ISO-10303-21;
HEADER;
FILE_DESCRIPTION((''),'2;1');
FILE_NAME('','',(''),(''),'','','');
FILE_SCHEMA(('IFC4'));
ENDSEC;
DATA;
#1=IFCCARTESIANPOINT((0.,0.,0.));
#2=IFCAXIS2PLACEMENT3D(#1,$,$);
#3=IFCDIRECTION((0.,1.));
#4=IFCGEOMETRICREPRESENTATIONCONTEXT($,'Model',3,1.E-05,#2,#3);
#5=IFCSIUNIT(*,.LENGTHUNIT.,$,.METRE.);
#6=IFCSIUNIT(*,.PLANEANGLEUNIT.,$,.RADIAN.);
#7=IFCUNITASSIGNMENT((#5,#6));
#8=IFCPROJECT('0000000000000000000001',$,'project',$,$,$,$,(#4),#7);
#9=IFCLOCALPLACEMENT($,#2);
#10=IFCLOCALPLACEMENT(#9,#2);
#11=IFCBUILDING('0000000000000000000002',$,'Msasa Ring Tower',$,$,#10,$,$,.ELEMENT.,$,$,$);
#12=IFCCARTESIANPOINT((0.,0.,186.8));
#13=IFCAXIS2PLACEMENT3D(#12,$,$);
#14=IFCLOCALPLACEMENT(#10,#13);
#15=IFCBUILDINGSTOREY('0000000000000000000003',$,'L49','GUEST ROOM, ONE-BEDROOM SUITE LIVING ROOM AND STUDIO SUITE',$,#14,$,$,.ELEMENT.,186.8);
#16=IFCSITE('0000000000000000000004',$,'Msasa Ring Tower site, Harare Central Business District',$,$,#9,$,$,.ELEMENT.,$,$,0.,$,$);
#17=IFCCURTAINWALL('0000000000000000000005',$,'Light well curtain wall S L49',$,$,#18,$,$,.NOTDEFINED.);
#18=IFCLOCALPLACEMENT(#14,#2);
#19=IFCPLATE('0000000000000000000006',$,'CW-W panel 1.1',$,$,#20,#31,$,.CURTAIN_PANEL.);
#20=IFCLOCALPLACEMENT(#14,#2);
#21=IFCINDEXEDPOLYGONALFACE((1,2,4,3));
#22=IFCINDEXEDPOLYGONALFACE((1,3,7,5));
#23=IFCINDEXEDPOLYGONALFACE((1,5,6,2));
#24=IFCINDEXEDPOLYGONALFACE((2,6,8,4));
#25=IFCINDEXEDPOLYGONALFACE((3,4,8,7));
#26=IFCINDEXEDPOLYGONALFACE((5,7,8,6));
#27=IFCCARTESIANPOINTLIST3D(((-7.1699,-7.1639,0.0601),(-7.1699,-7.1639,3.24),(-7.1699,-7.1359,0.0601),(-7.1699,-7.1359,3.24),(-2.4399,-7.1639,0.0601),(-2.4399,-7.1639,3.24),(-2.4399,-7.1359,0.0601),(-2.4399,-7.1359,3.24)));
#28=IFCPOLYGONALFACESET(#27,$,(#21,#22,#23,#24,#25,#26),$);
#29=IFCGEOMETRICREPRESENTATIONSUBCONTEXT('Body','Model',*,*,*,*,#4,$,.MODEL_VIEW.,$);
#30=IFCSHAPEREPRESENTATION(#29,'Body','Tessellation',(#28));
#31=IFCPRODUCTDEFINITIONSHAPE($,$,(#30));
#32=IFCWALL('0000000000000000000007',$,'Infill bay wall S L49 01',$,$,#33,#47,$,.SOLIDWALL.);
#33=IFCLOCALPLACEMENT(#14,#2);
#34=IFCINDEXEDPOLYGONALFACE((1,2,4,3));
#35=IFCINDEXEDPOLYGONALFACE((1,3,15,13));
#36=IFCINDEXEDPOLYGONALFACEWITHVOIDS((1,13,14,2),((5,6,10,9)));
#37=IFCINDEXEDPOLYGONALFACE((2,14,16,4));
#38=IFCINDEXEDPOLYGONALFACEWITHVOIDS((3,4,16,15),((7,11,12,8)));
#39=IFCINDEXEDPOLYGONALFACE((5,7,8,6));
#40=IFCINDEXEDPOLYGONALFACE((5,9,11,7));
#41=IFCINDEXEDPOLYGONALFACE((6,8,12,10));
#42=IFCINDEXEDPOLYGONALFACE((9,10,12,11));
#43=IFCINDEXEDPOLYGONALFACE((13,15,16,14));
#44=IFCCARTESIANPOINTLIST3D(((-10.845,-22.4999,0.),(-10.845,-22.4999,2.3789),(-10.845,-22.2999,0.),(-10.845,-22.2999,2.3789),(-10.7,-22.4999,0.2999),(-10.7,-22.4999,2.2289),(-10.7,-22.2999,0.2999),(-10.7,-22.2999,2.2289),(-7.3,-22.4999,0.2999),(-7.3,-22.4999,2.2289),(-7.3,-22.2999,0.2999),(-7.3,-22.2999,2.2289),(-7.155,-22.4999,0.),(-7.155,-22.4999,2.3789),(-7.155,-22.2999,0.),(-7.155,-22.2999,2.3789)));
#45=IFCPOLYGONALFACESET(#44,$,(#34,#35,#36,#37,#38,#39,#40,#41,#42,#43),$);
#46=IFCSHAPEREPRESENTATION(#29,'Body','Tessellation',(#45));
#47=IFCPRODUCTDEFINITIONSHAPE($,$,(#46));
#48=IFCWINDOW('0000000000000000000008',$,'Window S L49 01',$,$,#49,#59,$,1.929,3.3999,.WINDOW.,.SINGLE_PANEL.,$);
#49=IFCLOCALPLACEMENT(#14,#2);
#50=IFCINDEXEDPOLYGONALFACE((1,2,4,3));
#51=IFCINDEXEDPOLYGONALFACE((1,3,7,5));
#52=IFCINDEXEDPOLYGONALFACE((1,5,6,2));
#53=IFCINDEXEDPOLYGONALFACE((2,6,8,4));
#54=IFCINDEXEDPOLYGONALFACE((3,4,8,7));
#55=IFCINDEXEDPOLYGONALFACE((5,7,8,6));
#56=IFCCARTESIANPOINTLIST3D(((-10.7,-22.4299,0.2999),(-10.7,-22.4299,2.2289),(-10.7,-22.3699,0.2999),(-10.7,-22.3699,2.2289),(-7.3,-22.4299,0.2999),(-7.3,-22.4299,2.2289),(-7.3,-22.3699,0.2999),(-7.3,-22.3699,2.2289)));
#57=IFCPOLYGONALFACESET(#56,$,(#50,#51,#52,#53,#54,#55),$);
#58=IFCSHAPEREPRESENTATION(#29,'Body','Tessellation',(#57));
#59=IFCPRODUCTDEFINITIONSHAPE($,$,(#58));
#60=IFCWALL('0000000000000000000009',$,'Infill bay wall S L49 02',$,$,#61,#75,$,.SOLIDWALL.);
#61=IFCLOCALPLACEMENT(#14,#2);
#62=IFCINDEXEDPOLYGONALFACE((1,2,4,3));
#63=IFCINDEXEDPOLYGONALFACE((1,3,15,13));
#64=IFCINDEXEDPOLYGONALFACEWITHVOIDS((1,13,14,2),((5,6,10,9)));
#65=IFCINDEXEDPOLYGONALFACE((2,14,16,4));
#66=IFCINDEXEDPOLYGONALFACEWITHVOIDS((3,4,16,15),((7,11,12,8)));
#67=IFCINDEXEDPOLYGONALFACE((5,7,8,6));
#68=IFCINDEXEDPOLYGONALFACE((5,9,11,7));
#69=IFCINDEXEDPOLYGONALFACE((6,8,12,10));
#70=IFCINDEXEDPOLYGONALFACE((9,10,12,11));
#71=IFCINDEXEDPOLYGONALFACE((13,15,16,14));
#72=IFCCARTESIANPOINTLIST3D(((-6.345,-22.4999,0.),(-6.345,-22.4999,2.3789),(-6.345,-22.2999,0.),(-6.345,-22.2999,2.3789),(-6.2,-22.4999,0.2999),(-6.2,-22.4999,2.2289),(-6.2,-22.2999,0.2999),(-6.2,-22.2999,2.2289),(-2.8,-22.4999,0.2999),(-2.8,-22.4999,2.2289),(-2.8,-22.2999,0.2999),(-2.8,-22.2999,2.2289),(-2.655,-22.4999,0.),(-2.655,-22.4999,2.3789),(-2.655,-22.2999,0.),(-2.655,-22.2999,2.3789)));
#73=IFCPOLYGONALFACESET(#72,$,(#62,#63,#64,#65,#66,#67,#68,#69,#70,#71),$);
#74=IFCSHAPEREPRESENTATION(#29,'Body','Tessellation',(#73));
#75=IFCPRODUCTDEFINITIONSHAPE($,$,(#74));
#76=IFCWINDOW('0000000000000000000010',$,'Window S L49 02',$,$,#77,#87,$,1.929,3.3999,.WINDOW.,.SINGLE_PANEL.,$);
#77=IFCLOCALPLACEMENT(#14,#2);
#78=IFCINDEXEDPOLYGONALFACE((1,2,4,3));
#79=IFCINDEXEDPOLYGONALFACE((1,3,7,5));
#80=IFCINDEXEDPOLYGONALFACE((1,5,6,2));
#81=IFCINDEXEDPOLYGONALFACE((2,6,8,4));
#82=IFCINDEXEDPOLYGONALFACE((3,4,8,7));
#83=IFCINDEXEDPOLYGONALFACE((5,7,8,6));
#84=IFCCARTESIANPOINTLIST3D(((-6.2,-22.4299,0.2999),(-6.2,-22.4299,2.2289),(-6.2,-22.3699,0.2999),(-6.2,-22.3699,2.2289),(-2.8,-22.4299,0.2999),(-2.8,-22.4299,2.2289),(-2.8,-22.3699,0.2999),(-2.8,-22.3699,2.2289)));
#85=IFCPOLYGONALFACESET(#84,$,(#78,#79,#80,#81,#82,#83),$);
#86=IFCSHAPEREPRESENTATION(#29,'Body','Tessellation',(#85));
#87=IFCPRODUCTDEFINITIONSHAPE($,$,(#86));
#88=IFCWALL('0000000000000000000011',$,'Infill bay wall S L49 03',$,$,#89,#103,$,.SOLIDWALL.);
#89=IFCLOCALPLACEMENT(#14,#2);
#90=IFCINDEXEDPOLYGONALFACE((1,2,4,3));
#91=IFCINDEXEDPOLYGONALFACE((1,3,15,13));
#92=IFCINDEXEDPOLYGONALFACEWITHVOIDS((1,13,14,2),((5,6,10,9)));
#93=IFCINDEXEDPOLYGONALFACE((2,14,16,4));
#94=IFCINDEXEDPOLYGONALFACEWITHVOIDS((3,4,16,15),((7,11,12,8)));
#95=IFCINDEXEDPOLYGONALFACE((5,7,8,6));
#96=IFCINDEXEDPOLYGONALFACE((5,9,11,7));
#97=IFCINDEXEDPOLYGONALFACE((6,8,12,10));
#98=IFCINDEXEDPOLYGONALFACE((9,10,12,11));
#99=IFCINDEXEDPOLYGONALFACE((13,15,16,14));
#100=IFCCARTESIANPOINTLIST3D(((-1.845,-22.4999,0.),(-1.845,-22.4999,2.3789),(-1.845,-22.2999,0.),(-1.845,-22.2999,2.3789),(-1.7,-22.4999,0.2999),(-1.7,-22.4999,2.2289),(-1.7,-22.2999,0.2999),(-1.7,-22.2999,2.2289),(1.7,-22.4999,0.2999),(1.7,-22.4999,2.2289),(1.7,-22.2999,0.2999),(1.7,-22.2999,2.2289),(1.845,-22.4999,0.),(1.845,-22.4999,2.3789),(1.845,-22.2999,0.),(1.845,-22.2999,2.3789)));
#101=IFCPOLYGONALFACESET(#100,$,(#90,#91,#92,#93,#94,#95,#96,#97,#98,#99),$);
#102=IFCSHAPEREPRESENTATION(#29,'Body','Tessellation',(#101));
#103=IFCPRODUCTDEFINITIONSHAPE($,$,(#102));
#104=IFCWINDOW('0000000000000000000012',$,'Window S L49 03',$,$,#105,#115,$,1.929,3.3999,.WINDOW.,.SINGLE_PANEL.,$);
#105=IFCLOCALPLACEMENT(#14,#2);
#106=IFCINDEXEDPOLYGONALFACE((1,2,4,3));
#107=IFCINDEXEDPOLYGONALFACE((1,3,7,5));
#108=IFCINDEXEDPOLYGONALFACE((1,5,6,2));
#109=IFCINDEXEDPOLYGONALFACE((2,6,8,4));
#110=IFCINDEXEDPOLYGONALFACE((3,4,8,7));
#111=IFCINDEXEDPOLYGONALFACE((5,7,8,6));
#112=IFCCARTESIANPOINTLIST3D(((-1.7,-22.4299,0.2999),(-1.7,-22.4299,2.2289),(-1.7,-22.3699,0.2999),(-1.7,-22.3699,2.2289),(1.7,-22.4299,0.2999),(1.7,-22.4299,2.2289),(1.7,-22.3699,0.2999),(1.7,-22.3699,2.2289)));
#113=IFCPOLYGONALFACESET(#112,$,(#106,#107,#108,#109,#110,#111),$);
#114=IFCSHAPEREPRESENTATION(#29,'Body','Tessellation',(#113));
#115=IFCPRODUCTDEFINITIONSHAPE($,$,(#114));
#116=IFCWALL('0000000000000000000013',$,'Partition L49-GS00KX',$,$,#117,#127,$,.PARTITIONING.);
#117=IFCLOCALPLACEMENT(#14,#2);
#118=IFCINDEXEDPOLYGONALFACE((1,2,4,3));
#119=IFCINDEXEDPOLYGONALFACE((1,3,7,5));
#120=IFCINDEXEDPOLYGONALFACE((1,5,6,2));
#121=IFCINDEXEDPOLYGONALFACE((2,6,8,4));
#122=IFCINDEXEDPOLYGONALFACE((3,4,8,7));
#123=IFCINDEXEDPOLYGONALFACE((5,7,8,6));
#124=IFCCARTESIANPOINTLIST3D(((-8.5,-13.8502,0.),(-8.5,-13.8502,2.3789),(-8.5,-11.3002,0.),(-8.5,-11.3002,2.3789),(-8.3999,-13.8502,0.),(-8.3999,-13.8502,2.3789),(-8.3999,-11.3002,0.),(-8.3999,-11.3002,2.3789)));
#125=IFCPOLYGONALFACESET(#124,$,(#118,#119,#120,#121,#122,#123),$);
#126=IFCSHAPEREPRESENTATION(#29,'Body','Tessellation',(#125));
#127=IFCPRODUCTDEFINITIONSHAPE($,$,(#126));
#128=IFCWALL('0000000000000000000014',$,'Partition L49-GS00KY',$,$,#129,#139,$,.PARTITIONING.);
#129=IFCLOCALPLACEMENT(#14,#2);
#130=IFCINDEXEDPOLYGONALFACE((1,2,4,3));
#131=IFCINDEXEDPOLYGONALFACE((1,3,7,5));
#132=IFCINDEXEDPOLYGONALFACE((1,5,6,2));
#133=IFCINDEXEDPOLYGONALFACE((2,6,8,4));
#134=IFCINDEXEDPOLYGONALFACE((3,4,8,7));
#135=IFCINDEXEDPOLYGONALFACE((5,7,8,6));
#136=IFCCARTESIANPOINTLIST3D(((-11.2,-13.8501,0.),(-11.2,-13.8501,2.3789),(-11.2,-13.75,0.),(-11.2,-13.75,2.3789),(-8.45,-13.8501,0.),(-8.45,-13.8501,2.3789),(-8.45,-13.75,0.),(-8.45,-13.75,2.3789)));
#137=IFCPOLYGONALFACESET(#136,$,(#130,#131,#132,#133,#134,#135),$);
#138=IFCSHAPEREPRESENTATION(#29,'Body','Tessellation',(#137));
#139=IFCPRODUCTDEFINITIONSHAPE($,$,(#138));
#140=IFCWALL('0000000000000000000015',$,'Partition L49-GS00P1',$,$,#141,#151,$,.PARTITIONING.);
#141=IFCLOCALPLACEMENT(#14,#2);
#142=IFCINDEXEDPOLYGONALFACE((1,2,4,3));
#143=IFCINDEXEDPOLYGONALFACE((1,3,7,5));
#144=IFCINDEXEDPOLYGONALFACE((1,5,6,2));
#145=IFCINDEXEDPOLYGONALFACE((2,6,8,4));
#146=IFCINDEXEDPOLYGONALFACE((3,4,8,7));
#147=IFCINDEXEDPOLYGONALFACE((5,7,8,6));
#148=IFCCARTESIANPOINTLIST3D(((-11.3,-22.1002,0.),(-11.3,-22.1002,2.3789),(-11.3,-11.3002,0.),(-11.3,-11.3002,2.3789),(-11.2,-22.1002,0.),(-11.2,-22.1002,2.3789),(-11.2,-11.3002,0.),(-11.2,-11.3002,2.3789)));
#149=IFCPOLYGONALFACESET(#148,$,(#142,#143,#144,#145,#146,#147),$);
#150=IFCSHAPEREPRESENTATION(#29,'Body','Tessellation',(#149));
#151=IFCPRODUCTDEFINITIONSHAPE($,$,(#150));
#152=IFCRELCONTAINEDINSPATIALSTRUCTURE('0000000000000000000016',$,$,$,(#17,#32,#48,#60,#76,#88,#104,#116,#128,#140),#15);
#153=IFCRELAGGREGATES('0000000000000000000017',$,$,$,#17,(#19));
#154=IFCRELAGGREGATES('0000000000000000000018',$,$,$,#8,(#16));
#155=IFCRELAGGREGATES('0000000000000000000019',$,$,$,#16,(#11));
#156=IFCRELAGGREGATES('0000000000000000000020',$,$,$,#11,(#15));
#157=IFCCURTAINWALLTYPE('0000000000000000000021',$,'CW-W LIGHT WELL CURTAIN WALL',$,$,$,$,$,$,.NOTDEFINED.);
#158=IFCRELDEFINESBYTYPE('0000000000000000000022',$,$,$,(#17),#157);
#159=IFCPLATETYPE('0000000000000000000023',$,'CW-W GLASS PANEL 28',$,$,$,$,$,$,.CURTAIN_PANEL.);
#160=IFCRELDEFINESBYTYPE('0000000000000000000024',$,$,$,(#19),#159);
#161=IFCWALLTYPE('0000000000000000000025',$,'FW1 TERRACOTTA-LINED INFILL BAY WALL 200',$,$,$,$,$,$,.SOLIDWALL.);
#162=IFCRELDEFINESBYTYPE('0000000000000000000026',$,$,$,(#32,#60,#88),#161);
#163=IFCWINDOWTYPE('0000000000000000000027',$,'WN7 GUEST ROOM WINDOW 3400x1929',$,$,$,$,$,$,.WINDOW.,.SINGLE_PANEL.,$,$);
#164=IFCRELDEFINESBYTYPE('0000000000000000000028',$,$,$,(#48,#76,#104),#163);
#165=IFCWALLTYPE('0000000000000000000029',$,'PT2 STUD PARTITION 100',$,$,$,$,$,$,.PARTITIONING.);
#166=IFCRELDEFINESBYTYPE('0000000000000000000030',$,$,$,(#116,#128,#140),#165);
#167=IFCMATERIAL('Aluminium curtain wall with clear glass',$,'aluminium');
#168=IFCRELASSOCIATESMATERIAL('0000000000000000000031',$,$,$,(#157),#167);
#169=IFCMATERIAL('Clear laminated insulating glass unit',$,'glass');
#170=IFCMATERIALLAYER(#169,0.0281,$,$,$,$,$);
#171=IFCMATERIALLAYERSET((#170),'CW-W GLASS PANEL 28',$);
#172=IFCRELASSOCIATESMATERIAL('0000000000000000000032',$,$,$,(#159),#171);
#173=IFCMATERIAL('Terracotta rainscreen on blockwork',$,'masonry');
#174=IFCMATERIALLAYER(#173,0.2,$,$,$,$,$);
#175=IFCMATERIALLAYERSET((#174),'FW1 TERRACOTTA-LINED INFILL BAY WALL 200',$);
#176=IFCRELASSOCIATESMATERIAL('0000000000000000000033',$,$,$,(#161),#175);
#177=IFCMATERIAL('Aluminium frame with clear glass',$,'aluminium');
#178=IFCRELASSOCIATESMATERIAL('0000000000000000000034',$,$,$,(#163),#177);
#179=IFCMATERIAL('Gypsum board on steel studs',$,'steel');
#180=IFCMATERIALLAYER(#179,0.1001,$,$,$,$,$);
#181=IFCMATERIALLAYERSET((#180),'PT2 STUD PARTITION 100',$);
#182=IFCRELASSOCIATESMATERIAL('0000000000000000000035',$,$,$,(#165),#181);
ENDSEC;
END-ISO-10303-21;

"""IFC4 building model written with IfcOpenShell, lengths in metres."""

from ifc_helpers import new_model, si_unit, direction, frame, frame_2d, origin, origin_2d, place, context, subcontext, project, spatial, rectangle, extrude, material, layer, layer_set, type_object, element, fill, aggregate, save


model = new_model("IFC4")

# Units and contexts
model_context = context("Model", 3, precision=1e-05, world=origin(), true_north=direction((0.0, 1.0)))
body_context = subcontext(model_context, "Body", "Model", "MODEL_VIEW")
ifc_project = project(units=[si_unit("LENGTHUNIT", "METRE"), si_unit("PLANEANGLEUNIT", "RADIAN")], contexts=[model_context])

# Site, building, storey
site_placement = place(None, origin())
site = spatial("IfcSite", under=ifc_project, at=site_placement, Name="Msasa Ring Tower site, Harare Central Business District", CompositionType="ELEMENT", RefElevation=0.0)
building_placement = place(site_placement, origin())
building = spatial("IfcBuilding", under=site, at=building_placement, Name="Msasa Ring Tower", CompositionType="ELEMENT")
storey_placement = place(building_placement, frame((0.0, 0.0, 186.8)))
storey = spatial("IfcBuildingStorey", under=building, at=storey_placement, Name="L49", Description="GUEST ROOM, ONE-BEDROOM SUITE LIVING ROOM AND STUDIO SUITE", CompositionType="ELEMENT", Elevation=186.8)

# Curtain wall
ifc_material_1 = material(Name="Aluminium curtain wall with clear glass", Category="aluminium")
curtain_wall_type = type_object("IfcCurtainWallType", Name="CW-W LIGHT WELL CURTAIN WALL", PredefinedType="NOTDEFINED", material=ifc_material_1)
curtain_wall_placement = place(storey_placement, origin())
curtain_wall = element("IfcCurtainWall", 1, at=curtain_wall_placement, inside=storey, type_object=curtain_wall_type, Name="Light well curtain wall S L49", PredefinedType="NOTDEFINED")

# Plate
ifc_material_2 = material(Name="Clear laminated insulating glass unit", Category="glass")
ifc_layer_1 = layer(ifc_material_2, 0.0281)
ifc_layer_set_1 = layer_set([ifc_layer_1], Name="CW-W GLASS PANEL 28")
plate_type = type_object("IfcPlateType", Name="CW-W GLASS PANEL 28", PredefinedType="CURTAIN_PANEL", material=ifc_layer_set_1)
plate_placement = place(storey_placement, frame((-4.8049, -7.1499, 0.0601), z_axis=(0.0, 0.0, 1.0), x_axis=(1.0, 0.0, 0.0)))
plate = element("IfcPlate", 2, at=plate_placement, type_object=plate_type, Name="CW-W panel 1.1", PredefinedType="CURTAIN_PANEL", context=body_context, shape_type="SweptSolid", body=[
    extrude(rectangle(XDim=4.73, YDim=0.0281, at=origin_2d()), origin(), (0.0, 0.0, 1.0), 3.1799),
])
aggregate(curtain_wall, [plate])

# Walls, openings, windows
ifc_material_3 = material(Name="Terracotta rainscreen on blockwork", Category="masonry")
ifc_layer_2 = layer(ifc_material_3, 0.2)
ifc_layer_set_2 = layer_set([ifc_layer_2], Name="FW1 TERRACOTTA-LINED INFILL BAY WALL 200")
wall_type_1 = type_object("IfcWallType", Name="FW1 TERRACOTTA-LINED INFILL BAY WALL 200", PredefinedType="SOLIDWALL", material=ifc_layer_set_2)
wall_1_placement = place(storey_placement, frame((-10.845, -22.3999, 0.0), z_axis=(0.0, 0.0, 1.0), x_axis=(1.0, 0.0, 0.0)))
wall_1 = element("IfcWall", 3, at=wall_1_placement, inside=storey, type_object=wall_type_1, Name="Infill bay wall S L49 01", PredefinedType="SOLIDWALL", context=body_context, shape_type="SweptSolid", body=[
    extrude(rectangle(XDim=3.6899, YDim=0.2, at=frame_2d((1.845, 0.0))), origin(), (0.0, 0.0, 1.0), 2.3789),
])
opening_1_placement = place(wall_1_placement, frame((0.145, 0.0, 0.3)))
opening_1 = element("IfcOpeningElement", 4, at=opening_1_placement, cuts=wall_1, PredefinedType="OPENING", context=body_context, shape_type="SweptSolid", body=[
    extrude(rectangle(XDim=3.3999, YDim=1.929, at=frame_2d((1.7, 0.9644))), frame((0.0, 0.1099, 0.0), z_axis=(0.0, -1.0, 0.0), x_axis=(1.0, 0.0, 0.0)), (0.0, 0.0, 1.0), 0.22),
])
ifc_material_4 = material(Name="Aluminium frame with clear glass", Category="aluminium")
window_type = type_object("IfcWindowType", Name="WN7 GUEST ROOM WINDOW 3400x1929", PartitioningType="SINGLE_PANEL", PredefinedType="WINDOW", material=ifc_material_4)
window_1_placement = place(opening_1_placement, origin())
window_1 = element("IfcWindow", 5, at=window_1_placement, inside=storey, type_object=window_type, Name="Window S L49 01", OverallHeight=1.929, OverallWidth=3.3999, PartitioningType="SINGLE_PANEL", PredefinedType="WINDOW", context=body_context, shape_type="SweptSolid", body=[
    extrude(rectangle(XDim=3.3999, YDim=1.929, at=frame_2d((1.7, 0.9644))), frame((0.0, 0.03, 0.0), z_axis=(0.0, -1.0, 0.0), x_axis=(1.0, 0.0, 0.0)), (0.0, 0.0, 1.0), 0.0601),
])
fill(opening_1, window_1)
wall_2_placement = place(storey_placement, frame((-6.345, -22.3999, 0.0), z_axis=(0.0, 0.0, 1.0), x_axis=(1.0, 0.0, 0.0)))
wall_2 = element("IfcWall", 6, at=wall_2_placement, inside=storey, type_object=wall_type_1, Name="Infill bay wall S L49 02", PredefinedType="SOLIDWALL", context=body_context, shape_type="SweptSolid", body=[
    extrude(rectangle(XDim=3.6899, YDim=0.2, at=frame_2d((1.845, 0.0))), origin(), (0.0, 0.0, 1.0), 2.3789),
])
opening_2_placement = place(wall_2_placement, frame((0.145, 0.0, 0.3)))
opening_2 = element("IfcOpeningElement", 7, at=opening_2_placement, cuts=wall_2, PredefinedType="OPENING", context=body_context, shape_type="SweptSolid", body=[
    extrude(rectangle(XDim=3.3999, YDim=1.929, at=frame_2d((1.7, 0.9644))), frame((0.0, 0.1099, 0.0), z_axis=(0.0, -1.0, 0.0), x_axis=(1.0, 0.0, 0.0)), (0.0, 0.0, 1.0), 0.22),
])
window_2_placement = place(opening_2_placement, origin())
window_2 = element("IfcWindow", 8, at=window_2_placement, inside=storey, type_object=window_type, Name="Window S L49 02", OverallHeight=1.929, OverallWidth=3.3999, PartitioningType="SINGLE_PANEL", PredefinedType="WINDOW", context=body_context, shape_type="SweptSolid", body=[
    extrude(rectangle(XDim=3.3999, YDim=1.929, at=frame_2d((1.7, 0.9644))), frame((0.0, 0.03, 0.0), z_axis=(0.0, -1.0, 0.0), x_axis=(1.0, 0.0, 0.0)), (0.0, 0.0, 1.0), 0.0601),
])
fill(opening_2, window_2)
wall_3_placement = place(storey_placement, frame((-1.845, -22.3999, 0.0), z_axis=(0.0, 0.0, 1.0), x_axis=(1.0, 0.0, 0.0)))
wall_3 = element("IfcWall", 9, at=wall_3_placement, inside=storey, type_object=wall_type_1, Name="Infill bay wall S L49 03", PredefinedType="SOLIDWALL", context=body_context, shape_type="SweptSolid", body=[
    extrude(rectangle(XDim=3.6899, YDim=0.2, at=frame_2d((1.845, 0.0))), origin(), (0.0, 0.0, 1.0), 2.3789),
])
opening_3_placement = place(wall_3_placement, frame((0.145, 0.0, 0.3)))
opening_3 = element("IfcOpeningElement", 10, at=opening_3_placement, cuts=wall_3, PredefinedType="OPENING", context=body_context, shape_type="SweptSolid", body=[
    extrude(rectangle(XDim=3.3999, YDim=1.929, at=frame_2d((1.7, 0.9644))), frame((0.0, 0.1099, 0.0), z_axis=(0.0, -1.0, 0.0), x_axis=(1.0, 0.0, 0.0)), (0.0, 0.0, 1.0), 0.22),
])
window_3_placement = place(opening_3_placement, origin())
window_3 = element("IfcWindow", 11, at=window_3_placement, inside=storey, type_object=window_type, Name="Window S L49 03", OverallHeight=1.929, OverallWidth=3.3999, PartitioningType="SINGLE_PANEL", PredefinedType="WINDOW", context=body_context, shape_type="SweptSolid", body=[
    extrude(rectangle(XDim=3.3999, YDim=1.929, at=frame_2d((1.7, 0.9644))), frame((0.0, 0.03, 0.0), z_axis=(0.0, -1.0, 0.0), x_axis=(1.0, 0.0, 0.0)), (0.0, 0.0, 1.0), 0.0601),
])
fill(opening_3, window_3)

# Walls
ifc_material_5 = material(Name="Gypsum board on steel studs", Category="steel")
ifc_layer_3 = layer(ifc_material_5, 0.1001)
ifc_layer_set_3 = layer_set([ifc_layer_3], Name="PT2 STUD PARTITION 100")
wall_type_2 = type_object("IfcWallType", Name="PT2 STUD PARTITION 100", PredefinedType="PARTITIONING", material=ifc_layer_set_3)
wall_4_placement = place(storey_placement, frame((-8.45, -13.8501, 0.0), z_axis=(0.0, 0.0, 1.0), x_axis=(0.0, 1.0, 0.0)))
element("IfcWall", 12, at=wall_4_placement, inside=storey, type_object=wall_type_2, Name="Partition L49-GS00KX", PredefinedType="PARTITIONING", context=body_context, shape_type="SweptSolid", body=[
    extrude(rectangle(XDim=2.55, YDim=0.1001, at=frame_2d((1.2749, 0.0))), origin(), (0.0, 0.0, 1.0), 2.3789),
])
wall_5_placement = place(storey_placement, frame((-11.2, -13.8, 0.0), z_axis=(0.0, 0.0, 1.0), x_axis=(1.0, 0.0, 0.0)))
element("IfcWall", 13, at=wall_5_placement, inside=storey, type_object=wall_type_2, Name="Partition L49-GS00KY", PredefinedType="PARTITIONING", context=body_context, shape_type="SweptSolid", body=[
    extrude(rectangle(XDim=2.75, YDim=0.1001, at=frame_2d((1.375, 0.0))), origin(), (0.0, 0.0, 1.0), 2.3789),
])
wall_6_placement = place(storey_placement, frame((-11.25, -22.1001, 0.0), z_axis=(0.0, 0.0, 1.0), x_axis=(0.0, 1.0, 0.0)))
element("IfcWall", 14, at=wall_6_placement, inside=storey, type_object=wall_type_2, Name="Partition L49-GS00P1", PredefinedType="PARTITIONING", context=body_context, shape_type="SweptSolid", body=[
    extrude(rectangle(XDim=10.8, YDim=0.1001, at=frame_2d((5.3999, 0.0))), origin(), (0.0, 0.0, 1.0), 2.3789),
])

save(model, "model.ifc")
